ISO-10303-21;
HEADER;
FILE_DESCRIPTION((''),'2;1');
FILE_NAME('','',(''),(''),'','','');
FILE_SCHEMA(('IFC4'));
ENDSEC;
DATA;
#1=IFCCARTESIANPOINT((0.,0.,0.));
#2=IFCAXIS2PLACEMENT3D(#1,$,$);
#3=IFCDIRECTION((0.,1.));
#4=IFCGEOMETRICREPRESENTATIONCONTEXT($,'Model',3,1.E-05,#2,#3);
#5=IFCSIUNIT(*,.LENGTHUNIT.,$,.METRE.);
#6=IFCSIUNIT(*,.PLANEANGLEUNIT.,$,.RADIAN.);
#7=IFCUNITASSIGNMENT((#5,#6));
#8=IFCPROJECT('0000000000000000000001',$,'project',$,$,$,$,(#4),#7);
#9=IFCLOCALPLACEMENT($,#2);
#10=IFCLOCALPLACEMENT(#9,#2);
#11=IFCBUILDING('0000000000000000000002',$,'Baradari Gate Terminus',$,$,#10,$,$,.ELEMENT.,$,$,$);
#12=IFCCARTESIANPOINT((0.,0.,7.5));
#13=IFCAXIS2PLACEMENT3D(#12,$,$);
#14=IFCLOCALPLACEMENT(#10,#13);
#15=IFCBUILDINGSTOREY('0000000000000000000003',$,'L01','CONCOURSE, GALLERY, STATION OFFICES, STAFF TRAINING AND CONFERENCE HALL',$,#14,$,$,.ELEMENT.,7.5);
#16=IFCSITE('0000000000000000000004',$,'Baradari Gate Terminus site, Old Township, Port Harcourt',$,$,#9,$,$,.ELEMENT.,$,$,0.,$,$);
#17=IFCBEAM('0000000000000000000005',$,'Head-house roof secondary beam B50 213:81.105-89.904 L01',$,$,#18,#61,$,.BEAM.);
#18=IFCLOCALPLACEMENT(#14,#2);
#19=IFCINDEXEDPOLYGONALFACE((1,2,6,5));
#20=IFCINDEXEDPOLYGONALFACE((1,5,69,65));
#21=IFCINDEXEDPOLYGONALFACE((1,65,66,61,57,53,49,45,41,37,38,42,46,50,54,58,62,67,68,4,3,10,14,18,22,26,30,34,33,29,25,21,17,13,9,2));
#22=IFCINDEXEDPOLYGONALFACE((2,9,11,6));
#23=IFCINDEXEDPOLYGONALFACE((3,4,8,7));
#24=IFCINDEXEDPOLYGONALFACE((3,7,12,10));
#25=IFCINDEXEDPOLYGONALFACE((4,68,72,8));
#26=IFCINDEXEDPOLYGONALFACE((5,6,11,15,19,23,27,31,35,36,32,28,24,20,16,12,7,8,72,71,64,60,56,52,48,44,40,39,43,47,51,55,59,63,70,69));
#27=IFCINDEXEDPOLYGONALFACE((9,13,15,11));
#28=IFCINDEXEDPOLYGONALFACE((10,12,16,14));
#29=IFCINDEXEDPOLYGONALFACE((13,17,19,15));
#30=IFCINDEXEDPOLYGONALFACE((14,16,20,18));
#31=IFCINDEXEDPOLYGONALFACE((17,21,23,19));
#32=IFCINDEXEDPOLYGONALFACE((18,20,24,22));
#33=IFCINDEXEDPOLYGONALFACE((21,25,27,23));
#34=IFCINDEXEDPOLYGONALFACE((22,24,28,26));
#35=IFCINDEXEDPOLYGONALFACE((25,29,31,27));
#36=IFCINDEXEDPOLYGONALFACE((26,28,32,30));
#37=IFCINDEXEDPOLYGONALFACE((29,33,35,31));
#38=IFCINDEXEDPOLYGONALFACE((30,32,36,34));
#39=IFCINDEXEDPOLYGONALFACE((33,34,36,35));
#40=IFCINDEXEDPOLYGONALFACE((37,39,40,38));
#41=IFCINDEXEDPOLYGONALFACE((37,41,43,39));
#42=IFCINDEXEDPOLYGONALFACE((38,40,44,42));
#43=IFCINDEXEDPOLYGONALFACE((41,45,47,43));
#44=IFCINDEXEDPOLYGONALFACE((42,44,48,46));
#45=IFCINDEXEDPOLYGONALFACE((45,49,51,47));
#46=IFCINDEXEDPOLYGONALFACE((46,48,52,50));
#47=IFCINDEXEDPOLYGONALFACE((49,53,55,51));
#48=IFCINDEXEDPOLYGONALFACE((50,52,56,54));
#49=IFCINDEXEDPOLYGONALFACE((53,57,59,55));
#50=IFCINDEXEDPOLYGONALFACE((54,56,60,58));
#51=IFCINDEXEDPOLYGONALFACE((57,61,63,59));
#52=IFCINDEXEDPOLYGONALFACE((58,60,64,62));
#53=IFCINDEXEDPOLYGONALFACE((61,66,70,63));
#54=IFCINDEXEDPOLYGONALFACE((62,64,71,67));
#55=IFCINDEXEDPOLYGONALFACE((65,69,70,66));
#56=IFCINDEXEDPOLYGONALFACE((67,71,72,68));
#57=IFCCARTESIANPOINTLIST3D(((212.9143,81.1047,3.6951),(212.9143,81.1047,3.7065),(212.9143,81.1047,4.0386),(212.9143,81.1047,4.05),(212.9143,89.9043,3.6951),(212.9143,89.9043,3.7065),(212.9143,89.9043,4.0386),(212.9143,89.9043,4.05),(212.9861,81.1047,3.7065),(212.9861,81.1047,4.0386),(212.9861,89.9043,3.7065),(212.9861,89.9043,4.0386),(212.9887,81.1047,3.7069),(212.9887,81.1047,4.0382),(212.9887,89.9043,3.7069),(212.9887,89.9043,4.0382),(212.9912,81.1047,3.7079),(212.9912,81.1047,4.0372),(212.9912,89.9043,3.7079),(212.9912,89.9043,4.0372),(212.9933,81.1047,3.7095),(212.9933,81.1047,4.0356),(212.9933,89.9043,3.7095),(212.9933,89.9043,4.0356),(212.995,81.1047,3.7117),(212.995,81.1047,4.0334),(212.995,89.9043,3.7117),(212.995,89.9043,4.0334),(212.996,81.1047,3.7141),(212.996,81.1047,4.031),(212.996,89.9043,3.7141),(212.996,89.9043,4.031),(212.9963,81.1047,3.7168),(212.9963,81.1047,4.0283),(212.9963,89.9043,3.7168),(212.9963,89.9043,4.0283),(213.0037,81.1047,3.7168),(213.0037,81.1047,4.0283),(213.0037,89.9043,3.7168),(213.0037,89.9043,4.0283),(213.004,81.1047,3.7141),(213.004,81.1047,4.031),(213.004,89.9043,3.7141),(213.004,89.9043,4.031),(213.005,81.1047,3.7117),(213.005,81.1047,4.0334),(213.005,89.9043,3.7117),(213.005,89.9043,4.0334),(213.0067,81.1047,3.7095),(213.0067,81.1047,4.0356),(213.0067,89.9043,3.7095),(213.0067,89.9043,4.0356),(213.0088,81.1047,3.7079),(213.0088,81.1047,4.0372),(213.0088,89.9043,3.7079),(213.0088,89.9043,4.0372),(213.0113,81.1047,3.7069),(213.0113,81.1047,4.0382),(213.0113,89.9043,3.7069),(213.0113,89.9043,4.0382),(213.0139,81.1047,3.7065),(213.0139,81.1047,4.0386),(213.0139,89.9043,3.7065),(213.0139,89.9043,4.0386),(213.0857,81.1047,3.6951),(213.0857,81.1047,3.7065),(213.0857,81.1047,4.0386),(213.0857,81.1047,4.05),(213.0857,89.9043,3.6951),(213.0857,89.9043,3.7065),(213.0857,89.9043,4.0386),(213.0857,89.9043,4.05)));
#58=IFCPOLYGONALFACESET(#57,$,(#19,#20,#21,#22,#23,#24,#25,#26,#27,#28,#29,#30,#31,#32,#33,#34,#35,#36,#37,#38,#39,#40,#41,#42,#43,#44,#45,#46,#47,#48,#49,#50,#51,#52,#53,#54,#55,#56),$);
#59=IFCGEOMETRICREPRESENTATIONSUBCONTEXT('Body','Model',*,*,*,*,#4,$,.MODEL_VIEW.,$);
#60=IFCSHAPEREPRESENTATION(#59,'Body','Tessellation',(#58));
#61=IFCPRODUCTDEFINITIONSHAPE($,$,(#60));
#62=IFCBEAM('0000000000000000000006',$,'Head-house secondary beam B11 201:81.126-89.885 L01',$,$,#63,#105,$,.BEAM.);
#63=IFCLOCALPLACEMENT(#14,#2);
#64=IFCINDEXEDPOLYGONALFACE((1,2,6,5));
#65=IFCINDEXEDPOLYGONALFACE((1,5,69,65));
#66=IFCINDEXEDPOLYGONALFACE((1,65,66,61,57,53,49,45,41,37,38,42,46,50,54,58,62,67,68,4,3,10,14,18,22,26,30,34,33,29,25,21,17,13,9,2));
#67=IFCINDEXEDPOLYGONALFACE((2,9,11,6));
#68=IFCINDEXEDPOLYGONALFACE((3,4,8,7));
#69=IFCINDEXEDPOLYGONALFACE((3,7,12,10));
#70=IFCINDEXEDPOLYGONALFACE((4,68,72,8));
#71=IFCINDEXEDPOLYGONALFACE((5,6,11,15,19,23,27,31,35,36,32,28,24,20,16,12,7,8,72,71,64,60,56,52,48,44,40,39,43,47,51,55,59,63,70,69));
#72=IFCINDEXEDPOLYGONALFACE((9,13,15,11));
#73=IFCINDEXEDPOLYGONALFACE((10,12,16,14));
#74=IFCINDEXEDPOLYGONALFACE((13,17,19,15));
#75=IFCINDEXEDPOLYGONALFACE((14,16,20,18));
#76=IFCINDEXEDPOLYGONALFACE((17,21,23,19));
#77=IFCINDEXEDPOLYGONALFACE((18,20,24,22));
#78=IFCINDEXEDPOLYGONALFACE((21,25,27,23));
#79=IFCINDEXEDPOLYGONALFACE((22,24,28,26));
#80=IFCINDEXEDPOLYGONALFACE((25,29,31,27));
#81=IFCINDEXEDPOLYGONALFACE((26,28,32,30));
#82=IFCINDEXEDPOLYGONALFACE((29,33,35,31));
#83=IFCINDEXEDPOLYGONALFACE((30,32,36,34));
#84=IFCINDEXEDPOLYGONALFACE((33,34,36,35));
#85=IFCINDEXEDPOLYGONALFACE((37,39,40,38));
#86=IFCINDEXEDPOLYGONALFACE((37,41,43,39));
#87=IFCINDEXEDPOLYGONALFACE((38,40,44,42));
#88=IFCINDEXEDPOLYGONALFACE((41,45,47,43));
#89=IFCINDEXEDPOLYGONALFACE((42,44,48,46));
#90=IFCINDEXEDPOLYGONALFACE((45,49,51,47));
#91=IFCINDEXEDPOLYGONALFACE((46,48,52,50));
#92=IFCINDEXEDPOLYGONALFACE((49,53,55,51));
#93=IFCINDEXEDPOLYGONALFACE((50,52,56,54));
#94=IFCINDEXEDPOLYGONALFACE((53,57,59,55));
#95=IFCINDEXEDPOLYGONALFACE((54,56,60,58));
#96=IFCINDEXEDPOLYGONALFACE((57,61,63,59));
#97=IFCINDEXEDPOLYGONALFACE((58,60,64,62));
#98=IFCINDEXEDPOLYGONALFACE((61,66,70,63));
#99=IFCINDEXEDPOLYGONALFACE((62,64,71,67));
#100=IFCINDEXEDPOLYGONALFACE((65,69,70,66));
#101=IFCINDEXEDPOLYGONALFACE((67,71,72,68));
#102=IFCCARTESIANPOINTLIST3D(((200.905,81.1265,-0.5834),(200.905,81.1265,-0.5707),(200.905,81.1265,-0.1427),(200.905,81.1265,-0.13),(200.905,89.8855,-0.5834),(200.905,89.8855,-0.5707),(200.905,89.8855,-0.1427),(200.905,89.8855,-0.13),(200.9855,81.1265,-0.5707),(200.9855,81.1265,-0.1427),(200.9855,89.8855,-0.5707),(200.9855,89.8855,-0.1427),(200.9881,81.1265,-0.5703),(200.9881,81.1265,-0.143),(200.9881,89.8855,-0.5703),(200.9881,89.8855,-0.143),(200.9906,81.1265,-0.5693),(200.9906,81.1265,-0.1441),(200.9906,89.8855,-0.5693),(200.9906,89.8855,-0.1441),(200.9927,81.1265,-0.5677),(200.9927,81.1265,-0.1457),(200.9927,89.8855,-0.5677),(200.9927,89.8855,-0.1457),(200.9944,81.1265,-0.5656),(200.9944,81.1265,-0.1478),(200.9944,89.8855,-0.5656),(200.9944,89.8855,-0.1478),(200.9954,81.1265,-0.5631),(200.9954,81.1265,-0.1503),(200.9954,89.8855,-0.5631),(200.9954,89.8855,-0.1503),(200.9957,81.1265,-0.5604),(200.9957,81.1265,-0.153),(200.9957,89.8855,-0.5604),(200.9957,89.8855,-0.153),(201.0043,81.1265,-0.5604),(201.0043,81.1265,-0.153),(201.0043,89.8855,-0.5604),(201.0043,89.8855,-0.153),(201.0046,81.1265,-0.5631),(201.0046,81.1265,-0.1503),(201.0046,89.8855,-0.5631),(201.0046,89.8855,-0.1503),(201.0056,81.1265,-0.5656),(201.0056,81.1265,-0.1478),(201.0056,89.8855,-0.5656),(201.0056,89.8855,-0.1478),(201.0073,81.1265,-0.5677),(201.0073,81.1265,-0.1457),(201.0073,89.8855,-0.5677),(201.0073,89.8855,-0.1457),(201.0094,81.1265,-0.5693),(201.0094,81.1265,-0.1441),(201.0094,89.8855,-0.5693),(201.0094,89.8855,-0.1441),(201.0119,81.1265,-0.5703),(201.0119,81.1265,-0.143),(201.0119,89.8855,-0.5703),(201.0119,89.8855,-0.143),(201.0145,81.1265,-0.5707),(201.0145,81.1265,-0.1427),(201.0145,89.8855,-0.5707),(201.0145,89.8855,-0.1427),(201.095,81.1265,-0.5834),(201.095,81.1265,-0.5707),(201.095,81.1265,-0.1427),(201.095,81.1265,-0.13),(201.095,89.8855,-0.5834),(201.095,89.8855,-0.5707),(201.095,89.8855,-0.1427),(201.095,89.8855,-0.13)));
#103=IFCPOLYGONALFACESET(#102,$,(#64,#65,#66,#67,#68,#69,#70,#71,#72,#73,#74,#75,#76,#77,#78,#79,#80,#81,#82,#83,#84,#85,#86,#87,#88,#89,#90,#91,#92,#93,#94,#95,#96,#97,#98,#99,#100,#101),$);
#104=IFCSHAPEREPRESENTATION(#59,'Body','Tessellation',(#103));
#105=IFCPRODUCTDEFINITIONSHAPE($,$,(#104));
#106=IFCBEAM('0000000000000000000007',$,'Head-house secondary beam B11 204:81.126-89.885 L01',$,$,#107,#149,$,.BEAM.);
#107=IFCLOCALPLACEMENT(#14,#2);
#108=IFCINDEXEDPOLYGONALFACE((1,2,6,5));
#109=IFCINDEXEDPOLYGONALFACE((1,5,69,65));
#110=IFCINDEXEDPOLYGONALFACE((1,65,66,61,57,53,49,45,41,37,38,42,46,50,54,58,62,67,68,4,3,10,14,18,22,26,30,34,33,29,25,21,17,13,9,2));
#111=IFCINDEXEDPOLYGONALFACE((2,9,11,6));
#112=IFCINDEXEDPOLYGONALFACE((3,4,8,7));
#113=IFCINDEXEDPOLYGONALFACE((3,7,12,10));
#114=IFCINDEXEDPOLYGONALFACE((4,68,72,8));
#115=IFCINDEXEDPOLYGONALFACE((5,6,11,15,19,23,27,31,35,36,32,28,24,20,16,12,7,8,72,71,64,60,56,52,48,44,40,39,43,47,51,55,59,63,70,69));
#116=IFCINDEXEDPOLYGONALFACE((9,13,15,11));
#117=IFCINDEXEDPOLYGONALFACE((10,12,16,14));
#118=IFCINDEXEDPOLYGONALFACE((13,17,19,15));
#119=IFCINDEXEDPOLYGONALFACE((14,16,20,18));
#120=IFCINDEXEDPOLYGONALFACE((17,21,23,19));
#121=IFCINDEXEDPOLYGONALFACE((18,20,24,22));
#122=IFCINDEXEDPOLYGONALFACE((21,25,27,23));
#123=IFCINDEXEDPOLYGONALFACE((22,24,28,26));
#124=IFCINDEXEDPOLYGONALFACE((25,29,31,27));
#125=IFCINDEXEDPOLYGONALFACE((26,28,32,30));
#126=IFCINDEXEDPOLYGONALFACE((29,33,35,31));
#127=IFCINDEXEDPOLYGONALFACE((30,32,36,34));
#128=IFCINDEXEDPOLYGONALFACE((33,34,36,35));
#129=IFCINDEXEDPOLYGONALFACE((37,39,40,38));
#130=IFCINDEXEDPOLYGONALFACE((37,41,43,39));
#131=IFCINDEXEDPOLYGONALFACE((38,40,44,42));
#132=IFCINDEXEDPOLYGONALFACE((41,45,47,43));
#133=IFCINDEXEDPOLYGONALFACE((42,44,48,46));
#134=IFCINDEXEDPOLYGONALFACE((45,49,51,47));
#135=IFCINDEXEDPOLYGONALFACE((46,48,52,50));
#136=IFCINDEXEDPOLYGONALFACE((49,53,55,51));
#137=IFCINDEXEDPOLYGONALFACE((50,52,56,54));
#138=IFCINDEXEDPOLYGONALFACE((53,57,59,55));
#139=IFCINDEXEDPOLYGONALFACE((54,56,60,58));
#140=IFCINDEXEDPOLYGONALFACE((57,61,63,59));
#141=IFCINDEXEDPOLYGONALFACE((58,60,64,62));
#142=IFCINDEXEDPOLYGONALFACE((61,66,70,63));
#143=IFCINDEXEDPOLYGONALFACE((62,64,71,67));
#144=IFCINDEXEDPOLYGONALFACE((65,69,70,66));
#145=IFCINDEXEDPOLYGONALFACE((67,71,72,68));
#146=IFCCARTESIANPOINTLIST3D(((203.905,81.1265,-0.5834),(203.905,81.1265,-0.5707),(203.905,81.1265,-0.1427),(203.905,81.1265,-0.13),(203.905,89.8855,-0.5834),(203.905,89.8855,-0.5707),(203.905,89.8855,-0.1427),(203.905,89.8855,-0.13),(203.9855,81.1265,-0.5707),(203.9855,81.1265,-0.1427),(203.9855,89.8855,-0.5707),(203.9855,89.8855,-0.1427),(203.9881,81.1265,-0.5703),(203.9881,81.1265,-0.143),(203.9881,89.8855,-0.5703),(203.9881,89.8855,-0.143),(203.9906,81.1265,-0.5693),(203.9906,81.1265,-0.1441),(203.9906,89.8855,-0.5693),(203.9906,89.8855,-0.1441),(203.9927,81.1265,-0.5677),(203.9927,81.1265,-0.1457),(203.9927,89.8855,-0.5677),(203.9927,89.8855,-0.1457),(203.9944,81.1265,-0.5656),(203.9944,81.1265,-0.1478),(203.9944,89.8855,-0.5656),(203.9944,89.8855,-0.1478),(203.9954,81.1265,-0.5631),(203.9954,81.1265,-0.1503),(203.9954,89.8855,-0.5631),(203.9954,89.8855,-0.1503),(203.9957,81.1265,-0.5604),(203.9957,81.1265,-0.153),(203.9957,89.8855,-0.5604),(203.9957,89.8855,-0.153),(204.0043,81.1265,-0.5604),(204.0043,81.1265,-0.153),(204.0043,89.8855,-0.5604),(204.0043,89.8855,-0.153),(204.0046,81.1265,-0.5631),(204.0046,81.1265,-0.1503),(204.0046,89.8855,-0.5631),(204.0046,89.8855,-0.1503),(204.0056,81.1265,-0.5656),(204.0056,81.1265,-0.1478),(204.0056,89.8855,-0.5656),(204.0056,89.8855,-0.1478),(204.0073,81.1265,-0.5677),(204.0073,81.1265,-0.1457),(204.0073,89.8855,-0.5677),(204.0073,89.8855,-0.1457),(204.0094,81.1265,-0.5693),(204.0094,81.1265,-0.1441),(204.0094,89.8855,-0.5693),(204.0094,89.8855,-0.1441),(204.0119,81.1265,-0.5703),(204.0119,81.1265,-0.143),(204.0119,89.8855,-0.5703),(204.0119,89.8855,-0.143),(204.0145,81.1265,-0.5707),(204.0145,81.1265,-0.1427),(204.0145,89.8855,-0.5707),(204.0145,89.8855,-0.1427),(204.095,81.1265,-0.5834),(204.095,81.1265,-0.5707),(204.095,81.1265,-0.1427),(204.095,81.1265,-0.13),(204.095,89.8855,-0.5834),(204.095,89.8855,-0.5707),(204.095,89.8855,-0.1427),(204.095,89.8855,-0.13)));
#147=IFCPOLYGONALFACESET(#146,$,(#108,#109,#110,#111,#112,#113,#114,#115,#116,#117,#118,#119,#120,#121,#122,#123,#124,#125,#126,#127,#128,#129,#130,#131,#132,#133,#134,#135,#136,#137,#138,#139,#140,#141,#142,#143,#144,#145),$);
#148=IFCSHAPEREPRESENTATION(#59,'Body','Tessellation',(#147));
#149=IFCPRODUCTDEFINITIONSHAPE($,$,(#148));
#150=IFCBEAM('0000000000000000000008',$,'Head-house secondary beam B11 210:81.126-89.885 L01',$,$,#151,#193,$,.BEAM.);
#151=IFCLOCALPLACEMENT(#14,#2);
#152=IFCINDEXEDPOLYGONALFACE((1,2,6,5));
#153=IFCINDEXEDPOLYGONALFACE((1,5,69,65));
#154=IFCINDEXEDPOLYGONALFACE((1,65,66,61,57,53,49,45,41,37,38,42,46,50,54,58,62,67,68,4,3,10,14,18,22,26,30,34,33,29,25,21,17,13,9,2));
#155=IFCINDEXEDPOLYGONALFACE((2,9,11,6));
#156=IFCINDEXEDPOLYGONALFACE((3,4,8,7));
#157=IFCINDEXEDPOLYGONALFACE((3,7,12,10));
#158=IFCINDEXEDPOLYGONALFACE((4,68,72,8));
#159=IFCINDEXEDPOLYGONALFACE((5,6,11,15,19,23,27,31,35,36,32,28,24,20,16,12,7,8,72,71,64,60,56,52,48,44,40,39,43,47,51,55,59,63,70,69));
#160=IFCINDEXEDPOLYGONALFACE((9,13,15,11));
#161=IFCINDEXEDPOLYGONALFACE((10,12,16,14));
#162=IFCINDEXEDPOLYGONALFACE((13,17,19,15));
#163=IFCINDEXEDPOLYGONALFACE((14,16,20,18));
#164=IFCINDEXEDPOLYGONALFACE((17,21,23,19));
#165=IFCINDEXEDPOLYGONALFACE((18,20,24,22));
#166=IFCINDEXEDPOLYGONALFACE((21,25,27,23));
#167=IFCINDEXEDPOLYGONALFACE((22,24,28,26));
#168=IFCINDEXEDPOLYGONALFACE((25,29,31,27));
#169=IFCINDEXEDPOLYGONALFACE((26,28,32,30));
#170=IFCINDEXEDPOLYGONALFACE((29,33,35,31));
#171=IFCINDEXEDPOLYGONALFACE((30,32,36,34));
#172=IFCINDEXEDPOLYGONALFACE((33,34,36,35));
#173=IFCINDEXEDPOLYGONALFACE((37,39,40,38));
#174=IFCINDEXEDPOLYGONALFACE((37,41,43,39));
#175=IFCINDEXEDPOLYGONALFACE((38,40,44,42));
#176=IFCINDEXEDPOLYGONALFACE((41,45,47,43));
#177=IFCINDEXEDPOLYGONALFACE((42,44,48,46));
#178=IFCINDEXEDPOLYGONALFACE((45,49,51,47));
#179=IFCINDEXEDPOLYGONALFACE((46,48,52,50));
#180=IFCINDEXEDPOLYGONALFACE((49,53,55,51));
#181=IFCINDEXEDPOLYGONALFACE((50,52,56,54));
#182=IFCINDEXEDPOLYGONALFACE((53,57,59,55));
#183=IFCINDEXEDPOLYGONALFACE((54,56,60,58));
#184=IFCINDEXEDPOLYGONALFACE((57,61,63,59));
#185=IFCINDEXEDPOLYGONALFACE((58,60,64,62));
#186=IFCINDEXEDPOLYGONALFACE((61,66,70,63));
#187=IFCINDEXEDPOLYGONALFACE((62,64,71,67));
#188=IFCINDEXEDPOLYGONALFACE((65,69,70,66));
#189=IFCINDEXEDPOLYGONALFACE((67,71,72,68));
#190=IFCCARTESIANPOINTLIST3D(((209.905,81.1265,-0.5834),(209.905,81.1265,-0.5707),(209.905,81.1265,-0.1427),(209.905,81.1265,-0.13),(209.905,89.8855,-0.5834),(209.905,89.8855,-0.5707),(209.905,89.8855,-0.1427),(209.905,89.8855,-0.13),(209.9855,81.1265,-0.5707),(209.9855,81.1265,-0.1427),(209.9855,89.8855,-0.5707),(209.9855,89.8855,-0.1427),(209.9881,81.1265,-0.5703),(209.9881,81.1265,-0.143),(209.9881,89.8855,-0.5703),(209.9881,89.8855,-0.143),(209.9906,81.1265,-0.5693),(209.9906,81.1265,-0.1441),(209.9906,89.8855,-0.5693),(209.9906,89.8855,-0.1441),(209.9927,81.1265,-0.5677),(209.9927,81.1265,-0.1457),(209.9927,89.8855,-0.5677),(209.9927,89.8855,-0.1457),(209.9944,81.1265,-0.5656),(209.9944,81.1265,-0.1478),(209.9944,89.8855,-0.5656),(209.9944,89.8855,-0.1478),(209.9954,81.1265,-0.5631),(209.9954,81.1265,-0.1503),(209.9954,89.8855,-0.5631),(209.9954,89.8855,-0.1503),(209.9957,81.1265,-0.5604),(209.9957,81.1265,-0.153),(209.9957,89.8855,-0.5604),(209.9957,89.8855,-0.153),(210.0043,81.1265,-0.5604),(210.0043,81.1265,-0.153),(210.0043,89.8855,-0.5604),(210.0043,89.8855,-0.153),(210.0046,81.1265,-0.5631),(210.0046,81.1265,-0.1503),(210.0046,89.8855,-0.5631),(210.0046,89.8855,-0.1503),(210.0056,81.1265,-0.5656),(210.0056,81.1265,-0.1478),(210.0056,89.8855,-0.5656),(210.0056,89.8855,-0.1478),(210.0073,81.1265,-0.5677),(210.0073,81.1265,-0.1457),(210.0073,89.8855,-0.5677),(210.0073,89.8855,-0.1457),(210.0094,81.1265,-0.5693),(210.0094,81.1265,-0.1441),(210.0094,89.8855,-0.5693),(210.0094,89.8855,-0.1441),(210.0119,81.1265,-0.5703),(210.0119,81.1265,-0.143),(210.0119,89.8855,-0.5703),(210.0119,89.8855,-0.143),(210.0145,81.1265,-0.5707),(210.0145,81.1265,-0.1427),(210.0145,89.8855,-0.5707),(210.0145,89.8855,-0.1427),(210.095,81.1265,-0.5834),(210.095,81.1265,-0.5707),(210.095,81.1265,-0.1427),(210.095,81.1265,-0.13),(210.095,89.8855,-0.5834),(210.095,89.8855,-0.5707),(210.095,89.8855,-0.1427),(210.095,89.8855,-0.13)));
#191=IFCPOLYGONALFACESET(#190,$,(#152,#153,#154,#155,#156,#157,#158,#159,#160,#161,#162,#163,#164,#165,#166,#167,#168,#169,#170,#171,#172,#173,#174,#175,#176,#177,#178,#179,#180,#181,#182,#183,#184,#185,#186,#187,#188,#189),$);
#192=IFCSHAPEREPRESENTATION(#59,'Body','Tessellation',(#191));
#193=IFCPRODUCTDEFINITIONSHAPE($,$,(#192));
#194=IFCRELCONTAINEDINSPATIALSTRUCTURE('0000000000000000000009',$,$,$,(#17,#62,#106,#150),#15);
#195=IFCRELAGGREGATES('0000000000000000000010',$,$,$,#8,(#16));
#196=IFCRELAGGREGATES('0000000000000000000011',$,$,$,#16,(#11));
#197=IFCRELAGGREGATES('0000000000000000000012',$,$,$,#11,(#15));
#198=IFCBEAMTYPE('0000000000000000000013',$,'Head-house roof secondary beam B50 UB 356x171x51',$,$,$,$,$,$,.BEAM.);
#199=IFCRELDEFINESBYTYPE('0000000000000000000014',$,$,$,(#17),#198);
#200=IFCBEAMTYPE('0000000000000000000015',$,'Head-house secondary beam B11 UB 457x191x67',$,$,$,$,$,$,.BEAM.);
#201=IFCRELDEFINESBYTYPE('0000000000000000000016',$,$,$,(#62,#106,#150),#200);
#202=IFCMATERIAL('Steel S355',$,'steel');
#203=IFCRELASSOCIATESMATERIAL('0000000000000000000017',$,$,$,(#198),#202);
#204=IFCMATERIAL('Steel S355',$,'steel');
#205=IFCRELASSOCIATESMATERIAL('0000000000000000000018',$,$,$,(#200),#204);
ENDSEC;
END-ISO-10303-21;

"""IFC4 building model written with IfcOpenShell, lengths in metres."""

from ifc_helpers import new_model, si_unit, direction, frame, origin, origin_2d, place, context, subcontext, project, spatial, i_section, extrude, material, material_profile, profile_set, type_object, element, save


model = new_model("IFC4")

# Units and contexts
model_context = context("Model", 3, precision=1e-05, world=origin(), true_north=direction((0.0, 1.0)))
body_context = subcontext(model_context, "Body", "Model", "MODEL_VIEW")
ifc_project = project(units=[si_unit("LENGTHUNIT", "METRE"), si_unit("PLANEANGLEUNIT", "RADIAN")], contexts=[model_context])

# Site, building, storey
site_placement = place(None, origin())
site = spatial("IfcSite", under=ifc_project, at=site_placement, Name="Baradari Gate Terminus site, Old Township, Port Harcourt", CompositionType="ELEMENT", RefElevation=0.0)
building_placement = place(site_placement, origin())
building = spatial("IfcBuilding", under=site, at=building_placement, Name="Baradari Gate Terminus", CompositionType="ELEMENT")
storey_placement = place(building_placement, frame((0.0, 0.0, 7.5)))
storey = spatial("IfcBuildingStorey", under=building, at=storey_placement, Name="L01", Description="CONCOURSE, GALLERY, STATION OFFICES, STAFF TRAINING AND CONFERENCE HALL", CompositionType="ELEMENT", Elevation=7.5)

# Beams
ifc_material_1 = material(Name="Steel S355", Category="steel")
ifc_material_profile_1 = material_profile(ifc_material_1, i_section(OverallWidth=0.1714, OverallDepth=0.355, WebThickness=0.0073, FlangeThickness=0.0115, FilletRadius=0.0103, at=origin_2d()), Name="UB 356x171x51")
ifc_profile_set_1 = profile_set([ifc_material_profile_1], Name="Steel S355")
beam_type_1 = type_object("IfcBeamType", Name="Head-house roof secondary beam B50 UB 356x171x51", PredefinedType="BEAM", material=ifc_profile_set_1)
beam_1_placement = place(storey_placement, frame((213.0, 81.1047, 3.8726), z_axis=(0.0, 1.0, 0.0), x_axis=(-1.0, 0.0, 0.0)))
element("IfcBeam", 1, at=beam_1_placement, inside=storey, type_object=beam_type_1, Name="Head-house roof secondary beam B50 213:81.105-89.904 L01", PredefinedType="BEAM", context=body_context, shape_type="SweptSolid", body=[
    extrude(i_section(OverallWidth=0.1714, OverallDepth=0.355, WebThickness=0.0073, FlangeThickness=0.0115, FilletRadius=0.0103, at=origin_2d()), origin(), (0.0, 0.0, 1.0), 8.7996),
])
ifc_material_2 = material(Name="Steel S355", Category="steel")
ifc_material_profile_2 = material_profile(ifc_material_2, i_section(OverallWidth=0.1899, OverallDepth=0.4534, WebThickness=0.0085, FlangeThickness=0.0127, FilletRadius=0.0103, at=origin_2d()), Name="UB 457x191x67")
ifc_profile_set_2 = profile_set([ifc_material_profile_2], Name="Steel S355")
beam_type_2 = type_object("IfcBeamType", Name="Head-house secondary beam B11 UB 457x191x67", PredefinedType="BEAM", material=ifc_profile_set_2)
for number, where, z_axis, x_axis, name in (
    (2, (201.0, 81.1265, -0.3567), (0.0, 1.0, 0.0), (-1.0, 0.0, 0.0), "Head-house secondary beam B11 201:81.126-89.885 L01"),
    (3, (204.0, 81.1265, -0.3567), (0.0, 1.0, 0.0), (-1.0, 0.0, 0.0), "Head-house secondary beam B11 204:81.126-89.885 L01"),
    (4, (210.0, 81.1265, -0.3567), (0.0, 1.0, 0.0), (-1.0, 0.0, 0.0), "Head-house secondary beam B11 210:81.126-89.885 L01"),
):
    element("IfcBeam", number, at=place(storey_placement, frame(where, z_axis=z_axis, x_axis=x_axis)), inside=storey, type_object=beam_type_2, Name=name, PredefinedType="BEAM", context=body_context, shape_type="SweptSolid", body=[
        extrude(i_section(OverallWidth=0.1899, OverallDepth=0.4534, WebThickness=0.0085, FlangeThickness=0.0127, FilletRadius=0.0103, at=origin_2d()), origin(), (0.0, 0.0, 1.0), 8.759),
    ])

save(model, "model.ifc")
